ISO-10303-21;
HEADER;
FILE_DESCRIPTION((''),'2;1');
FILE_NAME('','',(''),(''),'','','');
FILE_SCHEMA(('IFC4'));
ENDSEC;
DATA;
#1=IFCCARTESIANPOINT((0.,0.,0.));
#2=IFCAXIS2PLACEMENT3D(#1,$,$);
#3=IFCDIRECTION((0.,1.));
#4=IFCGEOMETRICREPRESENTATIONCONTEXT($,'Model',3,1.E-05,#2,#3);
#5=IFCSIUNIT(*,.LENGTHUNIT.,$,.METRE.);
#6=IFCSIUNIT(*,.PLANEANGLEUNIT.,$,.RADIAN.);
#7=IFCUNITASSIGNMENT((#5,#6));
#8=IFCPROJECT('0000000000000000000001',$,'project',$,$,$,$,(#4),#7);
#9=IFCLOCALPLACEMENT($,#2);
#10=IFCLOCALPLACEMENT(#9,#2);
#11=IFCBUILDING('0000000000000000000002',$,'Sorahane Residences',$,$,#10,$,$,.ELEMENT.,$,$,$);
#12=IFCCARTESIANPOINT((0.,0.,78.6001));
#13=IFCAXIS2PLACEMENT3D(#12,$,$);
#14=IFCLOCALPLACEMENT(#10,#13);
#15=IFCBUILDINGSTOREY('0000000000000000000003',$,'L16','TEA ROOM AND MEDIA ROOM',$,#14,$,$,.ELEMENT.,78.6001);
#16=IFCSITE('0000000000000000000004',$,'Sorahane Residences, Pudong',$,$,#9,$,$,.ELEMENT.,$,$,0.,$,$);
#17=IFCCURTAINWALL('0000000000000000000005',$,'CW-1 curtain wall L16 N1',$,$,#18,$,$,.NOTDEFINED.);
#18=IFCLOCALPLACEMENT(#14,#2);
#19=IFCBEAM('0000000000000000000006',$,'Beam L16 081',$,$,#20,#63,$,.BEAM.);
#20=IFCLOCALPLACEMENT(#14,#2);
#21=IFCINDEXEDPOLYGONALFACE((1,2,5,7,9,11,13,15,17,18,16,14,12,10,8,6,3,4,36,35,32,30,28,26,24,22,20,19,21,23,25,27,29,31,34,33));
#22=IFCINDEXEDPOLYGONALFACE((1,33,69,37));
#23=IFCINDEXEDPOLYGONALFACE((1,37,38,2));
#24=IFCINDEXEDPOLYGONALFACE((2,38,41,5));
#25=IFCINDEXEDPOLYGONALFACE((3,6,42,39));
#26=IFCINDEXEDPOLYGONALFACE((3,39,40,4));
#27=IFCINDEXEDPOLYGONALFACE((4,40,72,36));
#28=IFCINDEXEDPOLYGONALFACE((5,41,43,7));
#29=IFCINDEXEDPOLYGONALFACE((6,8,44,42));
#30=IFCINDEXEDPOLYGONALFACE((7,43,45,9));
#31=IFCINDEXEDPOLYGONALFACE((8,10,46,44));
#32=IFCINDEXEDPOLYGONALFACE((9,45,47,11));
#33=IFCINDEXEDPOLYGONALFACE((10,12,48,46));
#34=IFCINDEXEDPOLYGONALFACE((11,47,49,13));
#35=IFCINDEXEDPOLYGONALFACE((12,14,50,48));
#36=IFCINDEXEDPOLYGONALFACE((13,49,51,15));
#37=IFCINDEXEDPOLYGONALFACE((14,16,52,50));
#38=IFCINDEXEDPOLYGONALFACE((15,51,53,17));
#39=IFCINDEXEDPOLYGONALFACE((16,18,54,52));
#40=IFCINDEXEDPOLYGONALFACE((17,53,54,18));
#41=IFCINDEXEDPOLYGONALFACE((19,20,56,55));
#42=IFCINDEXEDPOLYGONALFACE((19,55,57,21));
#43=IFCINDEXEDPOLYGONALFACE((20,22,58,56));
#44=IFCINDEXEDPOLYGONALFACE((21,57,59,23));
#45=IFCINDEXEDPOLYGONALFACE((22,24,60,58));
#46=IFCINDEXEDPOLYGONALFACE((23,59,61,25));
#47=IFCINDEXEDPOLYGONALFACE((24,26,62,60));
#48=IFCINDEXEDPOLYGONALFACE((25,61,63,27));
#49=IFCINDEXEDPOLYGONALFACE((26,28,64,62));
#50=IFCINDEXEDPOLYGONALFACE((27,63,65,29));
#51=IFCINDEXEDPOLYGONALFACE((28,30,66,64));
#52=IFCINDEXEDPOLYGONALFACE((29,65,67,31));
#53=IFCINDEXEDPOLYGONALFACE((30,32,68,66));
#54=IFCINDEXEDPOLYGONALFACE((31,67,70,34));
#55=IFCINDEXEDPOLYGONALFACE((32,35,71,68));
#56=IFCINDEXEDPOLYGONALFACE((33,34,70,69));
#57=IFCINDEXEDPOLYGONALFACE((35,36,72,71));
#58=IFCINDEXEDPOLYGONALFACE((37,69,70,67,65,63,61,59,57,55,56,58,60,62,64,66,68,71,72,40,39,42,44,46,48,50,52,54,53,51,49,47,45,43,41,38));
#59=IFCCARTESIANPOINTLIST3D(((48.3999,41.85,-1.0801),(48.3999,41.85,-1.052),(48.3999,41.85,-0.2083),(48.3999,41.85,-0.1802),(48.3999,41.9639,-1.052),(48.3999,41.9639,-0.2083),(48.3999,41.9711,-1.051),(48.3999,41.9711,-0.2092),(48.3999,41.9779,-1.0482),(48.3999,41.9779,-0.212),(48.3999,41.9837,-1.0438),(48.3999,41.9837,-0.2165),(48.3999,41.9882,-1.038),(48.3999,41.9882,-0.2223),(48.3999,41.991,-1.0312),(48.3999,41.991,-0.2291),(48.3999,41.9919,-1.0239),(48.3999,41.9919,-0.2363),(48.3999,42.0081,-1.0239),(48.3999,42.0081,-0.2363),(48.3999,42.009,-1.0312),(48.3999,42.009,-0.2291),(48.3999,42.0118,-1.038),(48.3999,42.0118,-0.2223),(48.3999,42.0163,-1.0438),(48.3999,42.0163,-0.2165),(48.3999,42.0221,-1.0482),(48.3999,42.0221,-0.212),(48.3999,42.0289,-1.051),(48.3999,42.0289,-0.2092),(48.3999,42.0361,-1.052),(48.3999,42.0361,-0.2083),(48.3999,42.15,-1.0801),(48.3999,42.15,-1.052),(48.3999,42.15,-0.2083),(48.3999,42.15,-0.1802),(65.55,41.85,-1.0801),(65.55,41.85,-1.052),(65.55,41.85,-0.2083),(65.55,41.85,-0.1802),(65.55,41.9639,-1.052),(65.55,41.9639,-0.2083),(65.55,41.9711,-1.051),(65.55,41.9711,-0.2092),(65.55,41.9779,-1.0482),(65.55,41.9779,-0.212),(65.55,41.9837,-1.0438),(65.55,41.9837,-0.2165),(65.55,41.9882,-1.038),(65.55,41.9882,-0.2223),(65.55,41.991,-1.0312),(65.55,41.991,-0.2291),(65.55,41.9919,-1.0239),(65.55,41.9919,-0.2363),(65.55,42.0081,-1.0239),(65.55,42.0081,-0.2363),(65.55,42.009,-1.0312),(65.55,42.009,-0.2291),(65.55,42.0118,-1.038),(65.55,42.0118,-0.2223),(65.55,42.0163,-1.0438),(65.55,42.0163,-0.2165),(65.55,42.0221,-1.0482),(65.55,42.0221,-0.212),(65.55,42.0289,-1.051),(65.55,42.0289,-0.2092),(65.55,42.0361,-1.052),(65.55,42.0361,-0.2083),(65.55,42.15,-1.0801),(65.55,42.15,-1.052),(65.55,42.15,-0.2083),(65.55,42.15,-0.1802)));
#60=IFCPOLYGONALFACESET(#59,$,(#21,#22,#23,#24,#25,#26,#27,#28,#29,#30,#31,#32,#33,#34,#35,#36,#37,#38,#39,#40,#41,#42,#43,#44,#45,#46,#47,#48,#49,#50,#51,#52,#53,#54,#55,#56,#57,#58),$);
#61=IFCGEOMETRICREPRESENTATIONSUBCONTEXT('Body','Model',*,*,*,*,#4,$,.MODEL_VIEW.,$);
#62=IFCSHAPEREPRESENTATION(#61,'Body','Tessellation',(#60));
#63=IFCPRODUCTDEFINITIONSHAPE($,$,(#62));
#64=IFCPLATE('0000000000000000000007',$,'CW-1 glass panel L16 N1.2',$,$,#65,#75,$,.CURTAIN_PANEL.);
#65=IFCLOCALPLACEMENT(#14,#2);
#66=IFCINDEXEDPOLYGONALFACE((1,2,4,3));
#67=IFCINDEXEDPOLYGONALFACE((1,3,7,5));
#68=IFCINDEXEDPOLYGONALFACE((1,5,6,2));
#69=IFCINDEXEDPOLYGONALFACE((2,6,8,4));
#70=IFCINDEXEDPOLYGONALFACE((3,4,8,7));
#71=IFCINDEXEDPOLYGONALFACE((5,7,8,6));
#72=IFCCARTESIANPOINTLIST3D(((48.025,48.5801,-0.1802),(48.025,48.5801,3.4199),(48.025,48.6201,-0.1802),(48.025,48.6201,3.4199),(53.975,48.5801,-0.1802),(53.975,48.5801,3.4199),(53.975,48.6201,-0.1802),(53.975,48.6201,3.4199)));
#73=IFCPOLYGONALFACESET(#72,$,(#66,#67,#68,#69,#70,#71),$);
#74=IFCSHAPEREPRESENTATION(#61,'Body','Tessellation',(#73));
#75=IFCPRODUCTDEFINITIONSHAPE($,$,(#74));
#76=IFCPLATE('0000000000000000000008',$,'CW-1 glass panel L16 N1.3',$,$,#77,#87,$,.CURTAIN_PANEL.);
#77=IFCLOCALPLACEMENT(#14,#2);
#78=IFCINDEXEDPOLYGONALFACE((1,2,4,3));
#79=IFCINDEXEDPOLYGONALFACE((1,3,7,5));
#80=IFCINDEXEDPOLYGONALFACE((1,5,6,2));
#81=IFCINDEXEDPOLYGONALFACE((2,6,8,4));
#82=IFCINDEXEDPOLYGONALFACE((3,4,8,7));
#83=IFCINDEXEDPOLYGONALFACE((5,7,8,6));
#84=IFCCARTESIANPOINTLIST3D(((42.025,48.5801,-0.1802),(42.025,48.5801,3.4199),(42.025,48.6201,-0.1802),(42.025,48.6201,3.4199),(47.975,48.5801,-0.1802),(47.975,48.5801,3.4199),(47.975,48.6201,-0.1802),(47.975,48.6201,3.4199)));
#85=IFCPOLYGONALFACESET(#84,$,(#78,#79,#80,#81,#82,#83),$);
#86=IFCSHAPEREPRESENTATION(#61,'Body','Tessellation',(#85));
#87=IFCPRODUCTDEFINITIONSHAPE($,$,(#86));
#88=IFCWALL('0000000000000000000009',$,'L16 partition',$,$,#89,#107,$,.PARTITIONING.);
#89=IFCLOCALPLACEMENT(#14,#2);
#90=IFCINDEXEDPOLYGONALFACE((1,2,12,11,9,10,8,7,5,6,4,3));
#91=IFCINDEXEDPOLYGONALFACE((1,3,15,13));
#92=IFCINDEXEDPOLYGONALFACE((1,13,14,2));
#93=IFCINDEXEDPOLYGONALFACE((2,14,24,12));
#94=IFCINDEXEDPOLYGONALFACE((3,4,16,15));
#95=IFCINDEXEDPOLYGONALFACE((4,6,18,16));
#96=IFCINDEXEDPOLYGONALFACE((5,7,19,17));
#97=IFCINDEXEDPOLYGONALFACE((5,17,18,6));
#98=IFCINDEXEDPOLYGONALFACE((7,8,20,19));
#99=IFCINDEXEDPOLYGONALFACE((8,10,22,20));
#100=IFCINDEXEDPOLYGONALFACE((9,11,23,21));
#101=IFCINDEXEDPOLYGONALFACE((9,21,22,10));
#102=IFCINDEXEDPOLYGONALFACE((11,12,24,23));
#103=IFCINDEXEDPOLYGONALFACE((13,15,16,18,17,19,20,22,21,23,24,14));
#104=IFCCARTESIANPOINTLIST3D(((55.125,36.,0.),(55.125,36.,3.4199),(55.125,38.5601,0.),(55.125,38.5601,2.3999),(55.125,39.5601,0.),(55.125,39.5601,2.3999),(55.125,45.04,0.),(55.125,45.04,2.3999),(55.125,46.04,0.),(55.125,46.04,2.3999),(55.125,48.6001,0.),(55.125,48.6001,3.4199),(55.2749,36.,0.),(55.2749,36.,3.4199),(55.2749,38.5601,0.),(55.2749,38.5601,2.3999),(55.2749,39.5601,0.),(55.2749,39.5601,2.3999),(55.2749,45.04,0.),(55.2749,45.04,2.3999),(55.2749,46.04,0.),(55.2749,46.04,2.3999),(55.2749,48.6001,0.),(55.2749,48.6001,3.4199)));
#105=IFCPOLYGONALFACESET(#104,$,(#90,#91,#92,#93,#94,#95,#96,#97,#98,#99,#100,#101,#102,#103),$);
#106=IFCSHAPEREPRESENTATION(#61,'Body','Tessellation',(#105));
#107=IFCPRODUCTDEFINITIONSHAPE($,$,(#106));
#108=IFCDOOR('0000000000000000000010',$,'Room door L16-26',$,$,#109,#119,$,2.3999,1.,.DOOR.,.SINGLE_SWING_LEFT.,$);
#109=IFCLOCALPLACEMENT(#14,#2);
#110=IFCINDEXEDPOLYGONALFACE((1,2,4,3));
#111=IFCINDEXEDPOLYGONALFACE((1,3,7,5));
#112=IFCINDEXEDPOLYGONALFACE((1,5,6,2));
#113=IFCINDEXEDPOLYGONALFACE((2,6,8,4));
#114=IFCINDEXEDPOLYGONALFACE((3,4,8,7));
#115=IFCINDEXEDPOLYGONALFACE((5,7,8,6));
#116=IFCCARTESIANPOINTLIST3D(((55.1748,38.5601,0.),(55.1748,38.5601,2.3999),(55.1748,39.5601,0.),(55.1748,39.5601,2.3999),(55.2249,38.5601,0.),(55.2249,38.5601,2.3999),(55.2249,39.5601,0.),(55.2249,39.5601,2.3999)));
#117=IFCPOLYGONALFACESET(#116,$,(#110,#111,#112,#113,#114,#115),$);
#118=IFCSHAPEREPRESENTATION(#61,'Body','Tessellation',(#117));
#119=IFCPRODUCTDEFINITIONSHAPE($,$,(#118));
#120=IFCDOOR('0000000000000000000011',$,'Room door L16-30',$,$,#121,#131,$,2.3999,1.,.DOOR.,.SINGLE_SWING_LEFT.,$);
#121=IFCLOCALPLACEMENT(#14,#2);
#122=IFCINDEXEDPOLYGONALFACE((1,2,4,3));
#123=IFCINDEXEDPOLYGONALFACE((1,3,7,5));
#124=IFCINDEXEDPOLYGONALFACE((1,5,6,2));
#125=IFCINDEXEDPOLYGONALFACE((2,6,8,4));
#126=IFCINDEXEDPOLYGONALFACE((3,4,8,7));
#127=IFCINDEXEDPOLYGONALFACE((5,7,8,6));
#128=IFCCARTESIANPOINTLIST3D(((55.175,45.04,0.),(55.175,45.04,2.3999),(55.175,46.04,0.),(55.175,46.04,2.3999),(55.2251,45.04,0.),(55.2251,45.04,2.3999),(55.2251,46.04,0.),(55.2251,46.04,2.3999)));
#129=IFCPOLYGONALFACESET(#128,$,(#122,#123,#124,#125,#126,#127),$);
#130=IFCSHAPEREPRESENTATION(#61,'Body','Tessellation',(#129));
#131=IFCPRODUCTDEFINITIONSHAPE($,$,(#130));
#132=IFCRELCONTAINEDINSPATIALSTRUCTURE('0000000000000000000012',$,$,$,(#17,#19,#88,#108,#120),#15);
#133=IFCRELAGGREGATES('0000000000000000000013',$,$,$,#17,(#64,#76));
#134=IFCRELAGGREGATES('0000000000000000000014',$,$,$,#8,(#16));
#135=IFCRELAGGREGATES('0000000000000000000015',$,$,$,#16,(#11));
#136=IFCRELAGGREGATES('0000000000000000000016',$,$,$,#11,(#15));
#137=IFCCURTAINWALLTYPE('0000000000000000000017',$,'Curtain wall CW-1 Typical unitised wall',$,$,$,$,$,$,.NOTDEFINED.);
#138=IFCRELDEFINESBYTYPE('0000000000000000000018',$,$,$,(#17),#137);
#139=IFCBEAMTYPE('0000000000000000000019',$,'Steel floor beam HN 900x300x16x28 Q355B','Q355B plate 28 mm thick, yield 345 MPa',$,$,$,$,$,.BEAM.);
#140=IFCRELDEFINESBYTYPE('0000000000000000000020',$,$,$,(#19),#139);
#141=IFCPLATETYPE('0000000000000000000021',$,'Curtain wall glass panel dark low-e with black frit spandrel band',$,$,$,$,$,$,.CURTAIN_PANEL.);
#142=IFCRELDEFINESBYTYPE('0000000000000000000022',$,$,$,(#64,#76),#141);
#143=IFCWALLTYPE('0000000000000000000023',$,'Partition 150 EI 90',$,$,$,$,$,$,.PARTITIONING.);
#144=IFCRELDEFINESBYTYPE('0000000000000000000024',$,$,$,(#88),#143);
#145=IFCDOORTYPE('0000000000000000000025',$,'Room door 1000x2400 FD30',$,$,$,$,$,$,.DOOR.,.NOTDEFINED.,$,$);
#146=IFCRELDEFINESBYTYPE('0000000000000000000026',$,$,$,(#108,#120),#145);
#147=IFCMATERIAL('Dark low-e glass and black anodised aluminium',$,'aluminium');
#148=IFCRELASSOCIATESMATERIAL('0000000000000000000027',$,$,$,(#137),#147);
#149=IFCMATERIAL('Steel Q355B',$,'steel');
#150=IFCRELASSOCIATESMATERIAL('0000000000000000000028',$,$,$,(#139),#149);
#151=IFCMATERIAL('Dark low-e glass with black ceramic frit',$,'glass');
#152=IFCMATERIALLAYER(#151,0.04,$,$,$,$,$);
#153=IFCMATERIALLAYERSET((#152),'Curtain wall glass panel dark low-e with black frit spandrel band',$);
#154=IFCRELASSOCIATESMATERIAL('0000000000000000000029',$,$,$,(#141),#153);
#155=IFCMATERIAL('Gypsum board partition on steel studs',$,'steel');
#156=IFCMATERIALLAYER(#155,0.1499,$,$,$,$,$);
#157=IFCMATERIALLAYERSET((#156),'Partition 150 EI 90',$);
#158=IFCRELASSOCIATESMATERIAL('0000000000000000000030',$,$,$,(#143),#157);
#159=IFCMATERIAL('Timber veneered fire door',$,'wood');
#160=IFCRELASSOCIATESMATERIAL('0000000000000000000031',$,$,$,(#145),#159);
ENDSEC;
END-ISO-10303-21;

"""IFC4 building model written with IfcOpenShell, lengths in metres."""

from ifc_helpers import new_model, si_unit, direction, frame, frame_2d, origin, origin_2d, place, context, subcontext, project, spatial, rectangle, i_section, extrude, material, layer, layer_set, material_profile, profile_set, type_object, element, fill, aggregate, save


model = new_model("IFC4")

# Units and contexts
model_context = context("Model", 3, precision=1e-05, world=origin(), true_north=direction((0.0, 1.0)))
body_context = subcontext(model_context, "Body", "Model", "MODEL_VIEW")
ifc_project = project(units=[si_unit("LENGTHUNIT", "METRE"), si_unit("PLANEANGLEUNIT", "RADIAN")], contexts=[model_context])

# Site, building, storey
site_placement = place(None, origin())
site = spatial("IfcSite", under=ifc_project, at=site_placement, Name="Sorahane Residences, Pudong", CompositionType="ELEMENT", RefElevation=0.0)
building_placement = place(site_placement, origin())
building = spatial("IfcBuilding", under=site, at=building_placement, Name="Sorahane Residences", CompositionType="ELEMENT")
storey_placement = place(building_placement, frame((0.0, 0.0, 78.6001)))
storey = spatial("IfcBuildingStorey", under=building, at=storey_placement, Name="L16", Description="TEA ROOM AND MEDIA ROOM", CompositionType="ELEMENT", Elevation=78.6001)

# Curtain wall
ifc_material_1 = material(Name="Dark low-e glass and black anodised aluminium", Category="aluminium")
curtain_wall_type = type_object("IfcCurtainWallType", Name="Curtain wall CW-1 Typical unitised wall", PredefinedType="NOTDEFINED", material=ifc_material_1)
curtain_wall_placement = place(storey_placement, origin())
curtain_wall = element("IfcCurtainWall", 1, at=curtain_wall_placement, inside=storey, type_object=curtain_wall_type, Name="CW-1 curtain wall L16 N1", PredefinedType="NOTDEFINED")

# Beam
ifc_material_2 = material(Name="Steel Q355B", Category="steel")
ifc_material_profile_1 = material_profile(ifc_material_2, i_section(OverallWidth=0.3, OverallDepth=0.8999, WebThickness=0.0161, FlangeThickness=0.0281, FilletRadius=0.0281, at=origin_2d()), Name="HN 900x300x16x28")
ifc_profile_set_1 = profile_set([ifc_material_profile_1], Name="Steel Q355B")
beam_type_1 = type_object("IfcBeamType", Name="Steel floor beam HN 900x300x16x28 Q355B", Description="Q355B plate 28 mm thick, yield 345 MPa", PredefinedType="BEAM", material=ifc_profile_set_1)
beam_1_placement = place(storey_placement, frame((48.3999, 42.0, -0.6301), z_axis=(1.0, 0.0, 0.0), x_axis=(0.0, 1.0, 0.0)))
element("IfcBeam", 2, at=beam_1_placement, inside=storey, type_object=beam_type_1, Name="Beam L16 081", PredefinedType="BEAM", context=body_context, shape_type="SweptSolid", body=[
    extrude(i_section(OverallWidth=0.3, OverallDepth=0.8999, WebThickness=0.0161, FlangeThickness=0.0281, FilletRadius=0.0281, at=origin_2d()), origin(), (0.0, 0.0, 1.0), 17.1501),
])

# Plates
ifc_material_3 = material(Name="Dark low-e glass with black ceramic frit", Category="glass")
ifc_layer_1 = layer(ifc_material_3, 0.04)
ifc_layer_set_1 = layer_set([ifc_layer_1], Name="Curtain wall glass panel dark low-e with black frit spandrel band")
plate_type = type_object("IfcPlateType", Name="Curtain wall glass panel dark low-e with black frit spandrel band", PredefinedType="CURTAIN_PANEL", material=ifc_layer_set_1)
plate_1_placement = place(storey_placement, frame((51.0, 48.6001, -0.1802), z_axis=(0.0, 0.0, 1.0), x_axis=(-1.0, 0.0, 0.0)))
plate_1 = element("IfcPlate", 3, at=plate_1_placement, type_object=plate_type, Name="CW-1 glass panel L16 N1.2", PredefinedType="CURTAIN_PANEL", context=body_context, shape_type="SweptSolid", body=[
    extrude(rectangle(XDim=5.95, YDim=0.04, at=origin_2d()), origin(), (0.0, 0.0, 1.0), 3.6001),
])
plate_2_placement = place(storey_placement, frame((45.0, 48.6001, -0.1802), z_axis=(0.0, 0.0, 1.0), x_axis=(-1.0, 0.0, 0.0)))
plate_2 = element("IfcPlate", 4, at=plate_2_placement, type_object=plate_type, Name="CW-1 glass panel L16 N1.3", PredefinedType="CURTAIN_PANEL", context=body_context, shape_type="SweptSolid", body=[
    extrude(rectangle(XDim=5.95, YDim=0.04, at=origin_2d()), origin(), (0.0, 0.0, 1.0), 3.6001),
])
aggregate(curtain_wall, [plate_1, plate_2])

# Wall, openings, doors
ifc_material_4 = material(Name="Gypsum board partition on steel studs", Category="steel")
ifc_layer_2 = layer(ifc_material_4, 0.1499)
ifc_layer_set_2 = layer_set([ifc_layer_2], Name="Partition 150 EI 90")
wall_type_1 = type_object("IfcWallType", Name="Partition 150 EI 90", PredefinedType="PARTITIONING", material=ifc_layer_set_2)
wall_1_placement = place(storey_placement, frame((55.2, 36.0, 0.0), z_axis=(0.0, 0.0, 1.0), x_axis=(0.0, 1.0, 0.0)))
wall_1 = element("IfcWall", 5, at=wall_1_placement, inside=storey, type_object=wall_type_1, Name="L16 partition", PredefinedType="PARTITIONING", context=body_context, shape_type="SweptSolid", body=[
    extrude(rectangle(XDim=12.6001, YDim=0.1499, at=frame_2d((6.3, 0.0))), origin(), (0.0, 0.0, 1.0), 3.4199),
])
opening_1_placement = place(wall_1_placement, frame((2.5601, 0.0, 0.0)))
opening_1 = element("IfcOpeningElement", 6, at=opening_1_placement, cuts=wall_1, PredefinedType="OPENING", context=body_context, shape_type="SweptSolid", body=[
    extrude(rectangle(XDim=1.0, YDim=2.3999, at=frame_2d((0.5, 1.2))), frame((0.0, 0.085, 0.0), z_axis=(0.0, -1.0, 0.0), x_axis=(1.0, 0.0, 0.0)), (0.0, 0.0, 1.0), 0.1699),
])
opening_2_placement = place(wall_1_placement, frame((9.04, 0.0, 0.0)))
opening_2 = element("IfcOpeningElement", 7, at=opening_2_placement, cuts=wall_1, PredefinedType="OPENING", context=body_context, shape_type="SweptSolid", body=[
    extrude(rectangle(XDim=1.0, YDim=2.3999, at=frame_2d((0.5, 1.2))), frame((0.0, 0.085, 0.0), z_axis=(0.0, -1.0, 0.0), x_axis=(1.0, 0.0, 0.0)), (0.0, 0.0, 1.0), 0.1699),
])
ifc_material_5 = material(Name="Timber veneered fire door", Category="wood")
door_type_1 = type_object("IfcDoorType", Name="Room door 1000x2400 FD30", OperationType="NOTDEFINED", PredefinedType="DOOR", material=ifc_material_5)
door_1_placement = place(opening_1_placement, frame((1.0, 0.0, 0.0), z_axis=(0.0, 0.0, 1.0), x_axis=(-1.0, 0.0, 0.0)))
door_1 = element("IfcDoor", 8, at=door_1_placement, inside=storey, type_object=door_type_1, Name="Room door L16-26", OperationType="SINGLE_SWING_LEFT", OverallHeight=2.3999, OverallWidth=1.0, PredefinedType="DOOR", context=body_context, shape_type="SweptSolid", body=[
    extrude(rectangle(XDim=1.0, YDim=2.3999, at=frame_2d((0.5, 1.2))), frame((0.0, 0.0249, 0.0), z_axis=(0.0, -1.0, 0.0), x_axis=(1.0, 0.0, 0.0)), (0.0, 0.0, 1.0), 0.05),
])
fill(opening_1, door_1)
door_2_placement = place(opening_2_placement, origin())
door_2 = element("IfcDoor", 9, at=door_2_placement, inside=storey, type_object=door_type_1, Name="Room door L16-30", OperationType="SINGLE_SWING_LEFT", OverallHeight=2.3999, OverallWidth=1.0, PredefinedType="DOOR", context=body_context, shape_type="SweptSolid", body=[
    extrude(rectangle(XDim=1.0, YDim=2.3999, at=frame_2d((0.5, 1.2))), frame((0.0, 0.0249, 0.0), z_axis=(0.0, -1.0, 0.0), x_axis=(1.0, 0.0, 0.0)), (0.0, 0.0, 1.0), 0.05),
])
fill(opening_2, door_2)

save(model, "model.ifc")
